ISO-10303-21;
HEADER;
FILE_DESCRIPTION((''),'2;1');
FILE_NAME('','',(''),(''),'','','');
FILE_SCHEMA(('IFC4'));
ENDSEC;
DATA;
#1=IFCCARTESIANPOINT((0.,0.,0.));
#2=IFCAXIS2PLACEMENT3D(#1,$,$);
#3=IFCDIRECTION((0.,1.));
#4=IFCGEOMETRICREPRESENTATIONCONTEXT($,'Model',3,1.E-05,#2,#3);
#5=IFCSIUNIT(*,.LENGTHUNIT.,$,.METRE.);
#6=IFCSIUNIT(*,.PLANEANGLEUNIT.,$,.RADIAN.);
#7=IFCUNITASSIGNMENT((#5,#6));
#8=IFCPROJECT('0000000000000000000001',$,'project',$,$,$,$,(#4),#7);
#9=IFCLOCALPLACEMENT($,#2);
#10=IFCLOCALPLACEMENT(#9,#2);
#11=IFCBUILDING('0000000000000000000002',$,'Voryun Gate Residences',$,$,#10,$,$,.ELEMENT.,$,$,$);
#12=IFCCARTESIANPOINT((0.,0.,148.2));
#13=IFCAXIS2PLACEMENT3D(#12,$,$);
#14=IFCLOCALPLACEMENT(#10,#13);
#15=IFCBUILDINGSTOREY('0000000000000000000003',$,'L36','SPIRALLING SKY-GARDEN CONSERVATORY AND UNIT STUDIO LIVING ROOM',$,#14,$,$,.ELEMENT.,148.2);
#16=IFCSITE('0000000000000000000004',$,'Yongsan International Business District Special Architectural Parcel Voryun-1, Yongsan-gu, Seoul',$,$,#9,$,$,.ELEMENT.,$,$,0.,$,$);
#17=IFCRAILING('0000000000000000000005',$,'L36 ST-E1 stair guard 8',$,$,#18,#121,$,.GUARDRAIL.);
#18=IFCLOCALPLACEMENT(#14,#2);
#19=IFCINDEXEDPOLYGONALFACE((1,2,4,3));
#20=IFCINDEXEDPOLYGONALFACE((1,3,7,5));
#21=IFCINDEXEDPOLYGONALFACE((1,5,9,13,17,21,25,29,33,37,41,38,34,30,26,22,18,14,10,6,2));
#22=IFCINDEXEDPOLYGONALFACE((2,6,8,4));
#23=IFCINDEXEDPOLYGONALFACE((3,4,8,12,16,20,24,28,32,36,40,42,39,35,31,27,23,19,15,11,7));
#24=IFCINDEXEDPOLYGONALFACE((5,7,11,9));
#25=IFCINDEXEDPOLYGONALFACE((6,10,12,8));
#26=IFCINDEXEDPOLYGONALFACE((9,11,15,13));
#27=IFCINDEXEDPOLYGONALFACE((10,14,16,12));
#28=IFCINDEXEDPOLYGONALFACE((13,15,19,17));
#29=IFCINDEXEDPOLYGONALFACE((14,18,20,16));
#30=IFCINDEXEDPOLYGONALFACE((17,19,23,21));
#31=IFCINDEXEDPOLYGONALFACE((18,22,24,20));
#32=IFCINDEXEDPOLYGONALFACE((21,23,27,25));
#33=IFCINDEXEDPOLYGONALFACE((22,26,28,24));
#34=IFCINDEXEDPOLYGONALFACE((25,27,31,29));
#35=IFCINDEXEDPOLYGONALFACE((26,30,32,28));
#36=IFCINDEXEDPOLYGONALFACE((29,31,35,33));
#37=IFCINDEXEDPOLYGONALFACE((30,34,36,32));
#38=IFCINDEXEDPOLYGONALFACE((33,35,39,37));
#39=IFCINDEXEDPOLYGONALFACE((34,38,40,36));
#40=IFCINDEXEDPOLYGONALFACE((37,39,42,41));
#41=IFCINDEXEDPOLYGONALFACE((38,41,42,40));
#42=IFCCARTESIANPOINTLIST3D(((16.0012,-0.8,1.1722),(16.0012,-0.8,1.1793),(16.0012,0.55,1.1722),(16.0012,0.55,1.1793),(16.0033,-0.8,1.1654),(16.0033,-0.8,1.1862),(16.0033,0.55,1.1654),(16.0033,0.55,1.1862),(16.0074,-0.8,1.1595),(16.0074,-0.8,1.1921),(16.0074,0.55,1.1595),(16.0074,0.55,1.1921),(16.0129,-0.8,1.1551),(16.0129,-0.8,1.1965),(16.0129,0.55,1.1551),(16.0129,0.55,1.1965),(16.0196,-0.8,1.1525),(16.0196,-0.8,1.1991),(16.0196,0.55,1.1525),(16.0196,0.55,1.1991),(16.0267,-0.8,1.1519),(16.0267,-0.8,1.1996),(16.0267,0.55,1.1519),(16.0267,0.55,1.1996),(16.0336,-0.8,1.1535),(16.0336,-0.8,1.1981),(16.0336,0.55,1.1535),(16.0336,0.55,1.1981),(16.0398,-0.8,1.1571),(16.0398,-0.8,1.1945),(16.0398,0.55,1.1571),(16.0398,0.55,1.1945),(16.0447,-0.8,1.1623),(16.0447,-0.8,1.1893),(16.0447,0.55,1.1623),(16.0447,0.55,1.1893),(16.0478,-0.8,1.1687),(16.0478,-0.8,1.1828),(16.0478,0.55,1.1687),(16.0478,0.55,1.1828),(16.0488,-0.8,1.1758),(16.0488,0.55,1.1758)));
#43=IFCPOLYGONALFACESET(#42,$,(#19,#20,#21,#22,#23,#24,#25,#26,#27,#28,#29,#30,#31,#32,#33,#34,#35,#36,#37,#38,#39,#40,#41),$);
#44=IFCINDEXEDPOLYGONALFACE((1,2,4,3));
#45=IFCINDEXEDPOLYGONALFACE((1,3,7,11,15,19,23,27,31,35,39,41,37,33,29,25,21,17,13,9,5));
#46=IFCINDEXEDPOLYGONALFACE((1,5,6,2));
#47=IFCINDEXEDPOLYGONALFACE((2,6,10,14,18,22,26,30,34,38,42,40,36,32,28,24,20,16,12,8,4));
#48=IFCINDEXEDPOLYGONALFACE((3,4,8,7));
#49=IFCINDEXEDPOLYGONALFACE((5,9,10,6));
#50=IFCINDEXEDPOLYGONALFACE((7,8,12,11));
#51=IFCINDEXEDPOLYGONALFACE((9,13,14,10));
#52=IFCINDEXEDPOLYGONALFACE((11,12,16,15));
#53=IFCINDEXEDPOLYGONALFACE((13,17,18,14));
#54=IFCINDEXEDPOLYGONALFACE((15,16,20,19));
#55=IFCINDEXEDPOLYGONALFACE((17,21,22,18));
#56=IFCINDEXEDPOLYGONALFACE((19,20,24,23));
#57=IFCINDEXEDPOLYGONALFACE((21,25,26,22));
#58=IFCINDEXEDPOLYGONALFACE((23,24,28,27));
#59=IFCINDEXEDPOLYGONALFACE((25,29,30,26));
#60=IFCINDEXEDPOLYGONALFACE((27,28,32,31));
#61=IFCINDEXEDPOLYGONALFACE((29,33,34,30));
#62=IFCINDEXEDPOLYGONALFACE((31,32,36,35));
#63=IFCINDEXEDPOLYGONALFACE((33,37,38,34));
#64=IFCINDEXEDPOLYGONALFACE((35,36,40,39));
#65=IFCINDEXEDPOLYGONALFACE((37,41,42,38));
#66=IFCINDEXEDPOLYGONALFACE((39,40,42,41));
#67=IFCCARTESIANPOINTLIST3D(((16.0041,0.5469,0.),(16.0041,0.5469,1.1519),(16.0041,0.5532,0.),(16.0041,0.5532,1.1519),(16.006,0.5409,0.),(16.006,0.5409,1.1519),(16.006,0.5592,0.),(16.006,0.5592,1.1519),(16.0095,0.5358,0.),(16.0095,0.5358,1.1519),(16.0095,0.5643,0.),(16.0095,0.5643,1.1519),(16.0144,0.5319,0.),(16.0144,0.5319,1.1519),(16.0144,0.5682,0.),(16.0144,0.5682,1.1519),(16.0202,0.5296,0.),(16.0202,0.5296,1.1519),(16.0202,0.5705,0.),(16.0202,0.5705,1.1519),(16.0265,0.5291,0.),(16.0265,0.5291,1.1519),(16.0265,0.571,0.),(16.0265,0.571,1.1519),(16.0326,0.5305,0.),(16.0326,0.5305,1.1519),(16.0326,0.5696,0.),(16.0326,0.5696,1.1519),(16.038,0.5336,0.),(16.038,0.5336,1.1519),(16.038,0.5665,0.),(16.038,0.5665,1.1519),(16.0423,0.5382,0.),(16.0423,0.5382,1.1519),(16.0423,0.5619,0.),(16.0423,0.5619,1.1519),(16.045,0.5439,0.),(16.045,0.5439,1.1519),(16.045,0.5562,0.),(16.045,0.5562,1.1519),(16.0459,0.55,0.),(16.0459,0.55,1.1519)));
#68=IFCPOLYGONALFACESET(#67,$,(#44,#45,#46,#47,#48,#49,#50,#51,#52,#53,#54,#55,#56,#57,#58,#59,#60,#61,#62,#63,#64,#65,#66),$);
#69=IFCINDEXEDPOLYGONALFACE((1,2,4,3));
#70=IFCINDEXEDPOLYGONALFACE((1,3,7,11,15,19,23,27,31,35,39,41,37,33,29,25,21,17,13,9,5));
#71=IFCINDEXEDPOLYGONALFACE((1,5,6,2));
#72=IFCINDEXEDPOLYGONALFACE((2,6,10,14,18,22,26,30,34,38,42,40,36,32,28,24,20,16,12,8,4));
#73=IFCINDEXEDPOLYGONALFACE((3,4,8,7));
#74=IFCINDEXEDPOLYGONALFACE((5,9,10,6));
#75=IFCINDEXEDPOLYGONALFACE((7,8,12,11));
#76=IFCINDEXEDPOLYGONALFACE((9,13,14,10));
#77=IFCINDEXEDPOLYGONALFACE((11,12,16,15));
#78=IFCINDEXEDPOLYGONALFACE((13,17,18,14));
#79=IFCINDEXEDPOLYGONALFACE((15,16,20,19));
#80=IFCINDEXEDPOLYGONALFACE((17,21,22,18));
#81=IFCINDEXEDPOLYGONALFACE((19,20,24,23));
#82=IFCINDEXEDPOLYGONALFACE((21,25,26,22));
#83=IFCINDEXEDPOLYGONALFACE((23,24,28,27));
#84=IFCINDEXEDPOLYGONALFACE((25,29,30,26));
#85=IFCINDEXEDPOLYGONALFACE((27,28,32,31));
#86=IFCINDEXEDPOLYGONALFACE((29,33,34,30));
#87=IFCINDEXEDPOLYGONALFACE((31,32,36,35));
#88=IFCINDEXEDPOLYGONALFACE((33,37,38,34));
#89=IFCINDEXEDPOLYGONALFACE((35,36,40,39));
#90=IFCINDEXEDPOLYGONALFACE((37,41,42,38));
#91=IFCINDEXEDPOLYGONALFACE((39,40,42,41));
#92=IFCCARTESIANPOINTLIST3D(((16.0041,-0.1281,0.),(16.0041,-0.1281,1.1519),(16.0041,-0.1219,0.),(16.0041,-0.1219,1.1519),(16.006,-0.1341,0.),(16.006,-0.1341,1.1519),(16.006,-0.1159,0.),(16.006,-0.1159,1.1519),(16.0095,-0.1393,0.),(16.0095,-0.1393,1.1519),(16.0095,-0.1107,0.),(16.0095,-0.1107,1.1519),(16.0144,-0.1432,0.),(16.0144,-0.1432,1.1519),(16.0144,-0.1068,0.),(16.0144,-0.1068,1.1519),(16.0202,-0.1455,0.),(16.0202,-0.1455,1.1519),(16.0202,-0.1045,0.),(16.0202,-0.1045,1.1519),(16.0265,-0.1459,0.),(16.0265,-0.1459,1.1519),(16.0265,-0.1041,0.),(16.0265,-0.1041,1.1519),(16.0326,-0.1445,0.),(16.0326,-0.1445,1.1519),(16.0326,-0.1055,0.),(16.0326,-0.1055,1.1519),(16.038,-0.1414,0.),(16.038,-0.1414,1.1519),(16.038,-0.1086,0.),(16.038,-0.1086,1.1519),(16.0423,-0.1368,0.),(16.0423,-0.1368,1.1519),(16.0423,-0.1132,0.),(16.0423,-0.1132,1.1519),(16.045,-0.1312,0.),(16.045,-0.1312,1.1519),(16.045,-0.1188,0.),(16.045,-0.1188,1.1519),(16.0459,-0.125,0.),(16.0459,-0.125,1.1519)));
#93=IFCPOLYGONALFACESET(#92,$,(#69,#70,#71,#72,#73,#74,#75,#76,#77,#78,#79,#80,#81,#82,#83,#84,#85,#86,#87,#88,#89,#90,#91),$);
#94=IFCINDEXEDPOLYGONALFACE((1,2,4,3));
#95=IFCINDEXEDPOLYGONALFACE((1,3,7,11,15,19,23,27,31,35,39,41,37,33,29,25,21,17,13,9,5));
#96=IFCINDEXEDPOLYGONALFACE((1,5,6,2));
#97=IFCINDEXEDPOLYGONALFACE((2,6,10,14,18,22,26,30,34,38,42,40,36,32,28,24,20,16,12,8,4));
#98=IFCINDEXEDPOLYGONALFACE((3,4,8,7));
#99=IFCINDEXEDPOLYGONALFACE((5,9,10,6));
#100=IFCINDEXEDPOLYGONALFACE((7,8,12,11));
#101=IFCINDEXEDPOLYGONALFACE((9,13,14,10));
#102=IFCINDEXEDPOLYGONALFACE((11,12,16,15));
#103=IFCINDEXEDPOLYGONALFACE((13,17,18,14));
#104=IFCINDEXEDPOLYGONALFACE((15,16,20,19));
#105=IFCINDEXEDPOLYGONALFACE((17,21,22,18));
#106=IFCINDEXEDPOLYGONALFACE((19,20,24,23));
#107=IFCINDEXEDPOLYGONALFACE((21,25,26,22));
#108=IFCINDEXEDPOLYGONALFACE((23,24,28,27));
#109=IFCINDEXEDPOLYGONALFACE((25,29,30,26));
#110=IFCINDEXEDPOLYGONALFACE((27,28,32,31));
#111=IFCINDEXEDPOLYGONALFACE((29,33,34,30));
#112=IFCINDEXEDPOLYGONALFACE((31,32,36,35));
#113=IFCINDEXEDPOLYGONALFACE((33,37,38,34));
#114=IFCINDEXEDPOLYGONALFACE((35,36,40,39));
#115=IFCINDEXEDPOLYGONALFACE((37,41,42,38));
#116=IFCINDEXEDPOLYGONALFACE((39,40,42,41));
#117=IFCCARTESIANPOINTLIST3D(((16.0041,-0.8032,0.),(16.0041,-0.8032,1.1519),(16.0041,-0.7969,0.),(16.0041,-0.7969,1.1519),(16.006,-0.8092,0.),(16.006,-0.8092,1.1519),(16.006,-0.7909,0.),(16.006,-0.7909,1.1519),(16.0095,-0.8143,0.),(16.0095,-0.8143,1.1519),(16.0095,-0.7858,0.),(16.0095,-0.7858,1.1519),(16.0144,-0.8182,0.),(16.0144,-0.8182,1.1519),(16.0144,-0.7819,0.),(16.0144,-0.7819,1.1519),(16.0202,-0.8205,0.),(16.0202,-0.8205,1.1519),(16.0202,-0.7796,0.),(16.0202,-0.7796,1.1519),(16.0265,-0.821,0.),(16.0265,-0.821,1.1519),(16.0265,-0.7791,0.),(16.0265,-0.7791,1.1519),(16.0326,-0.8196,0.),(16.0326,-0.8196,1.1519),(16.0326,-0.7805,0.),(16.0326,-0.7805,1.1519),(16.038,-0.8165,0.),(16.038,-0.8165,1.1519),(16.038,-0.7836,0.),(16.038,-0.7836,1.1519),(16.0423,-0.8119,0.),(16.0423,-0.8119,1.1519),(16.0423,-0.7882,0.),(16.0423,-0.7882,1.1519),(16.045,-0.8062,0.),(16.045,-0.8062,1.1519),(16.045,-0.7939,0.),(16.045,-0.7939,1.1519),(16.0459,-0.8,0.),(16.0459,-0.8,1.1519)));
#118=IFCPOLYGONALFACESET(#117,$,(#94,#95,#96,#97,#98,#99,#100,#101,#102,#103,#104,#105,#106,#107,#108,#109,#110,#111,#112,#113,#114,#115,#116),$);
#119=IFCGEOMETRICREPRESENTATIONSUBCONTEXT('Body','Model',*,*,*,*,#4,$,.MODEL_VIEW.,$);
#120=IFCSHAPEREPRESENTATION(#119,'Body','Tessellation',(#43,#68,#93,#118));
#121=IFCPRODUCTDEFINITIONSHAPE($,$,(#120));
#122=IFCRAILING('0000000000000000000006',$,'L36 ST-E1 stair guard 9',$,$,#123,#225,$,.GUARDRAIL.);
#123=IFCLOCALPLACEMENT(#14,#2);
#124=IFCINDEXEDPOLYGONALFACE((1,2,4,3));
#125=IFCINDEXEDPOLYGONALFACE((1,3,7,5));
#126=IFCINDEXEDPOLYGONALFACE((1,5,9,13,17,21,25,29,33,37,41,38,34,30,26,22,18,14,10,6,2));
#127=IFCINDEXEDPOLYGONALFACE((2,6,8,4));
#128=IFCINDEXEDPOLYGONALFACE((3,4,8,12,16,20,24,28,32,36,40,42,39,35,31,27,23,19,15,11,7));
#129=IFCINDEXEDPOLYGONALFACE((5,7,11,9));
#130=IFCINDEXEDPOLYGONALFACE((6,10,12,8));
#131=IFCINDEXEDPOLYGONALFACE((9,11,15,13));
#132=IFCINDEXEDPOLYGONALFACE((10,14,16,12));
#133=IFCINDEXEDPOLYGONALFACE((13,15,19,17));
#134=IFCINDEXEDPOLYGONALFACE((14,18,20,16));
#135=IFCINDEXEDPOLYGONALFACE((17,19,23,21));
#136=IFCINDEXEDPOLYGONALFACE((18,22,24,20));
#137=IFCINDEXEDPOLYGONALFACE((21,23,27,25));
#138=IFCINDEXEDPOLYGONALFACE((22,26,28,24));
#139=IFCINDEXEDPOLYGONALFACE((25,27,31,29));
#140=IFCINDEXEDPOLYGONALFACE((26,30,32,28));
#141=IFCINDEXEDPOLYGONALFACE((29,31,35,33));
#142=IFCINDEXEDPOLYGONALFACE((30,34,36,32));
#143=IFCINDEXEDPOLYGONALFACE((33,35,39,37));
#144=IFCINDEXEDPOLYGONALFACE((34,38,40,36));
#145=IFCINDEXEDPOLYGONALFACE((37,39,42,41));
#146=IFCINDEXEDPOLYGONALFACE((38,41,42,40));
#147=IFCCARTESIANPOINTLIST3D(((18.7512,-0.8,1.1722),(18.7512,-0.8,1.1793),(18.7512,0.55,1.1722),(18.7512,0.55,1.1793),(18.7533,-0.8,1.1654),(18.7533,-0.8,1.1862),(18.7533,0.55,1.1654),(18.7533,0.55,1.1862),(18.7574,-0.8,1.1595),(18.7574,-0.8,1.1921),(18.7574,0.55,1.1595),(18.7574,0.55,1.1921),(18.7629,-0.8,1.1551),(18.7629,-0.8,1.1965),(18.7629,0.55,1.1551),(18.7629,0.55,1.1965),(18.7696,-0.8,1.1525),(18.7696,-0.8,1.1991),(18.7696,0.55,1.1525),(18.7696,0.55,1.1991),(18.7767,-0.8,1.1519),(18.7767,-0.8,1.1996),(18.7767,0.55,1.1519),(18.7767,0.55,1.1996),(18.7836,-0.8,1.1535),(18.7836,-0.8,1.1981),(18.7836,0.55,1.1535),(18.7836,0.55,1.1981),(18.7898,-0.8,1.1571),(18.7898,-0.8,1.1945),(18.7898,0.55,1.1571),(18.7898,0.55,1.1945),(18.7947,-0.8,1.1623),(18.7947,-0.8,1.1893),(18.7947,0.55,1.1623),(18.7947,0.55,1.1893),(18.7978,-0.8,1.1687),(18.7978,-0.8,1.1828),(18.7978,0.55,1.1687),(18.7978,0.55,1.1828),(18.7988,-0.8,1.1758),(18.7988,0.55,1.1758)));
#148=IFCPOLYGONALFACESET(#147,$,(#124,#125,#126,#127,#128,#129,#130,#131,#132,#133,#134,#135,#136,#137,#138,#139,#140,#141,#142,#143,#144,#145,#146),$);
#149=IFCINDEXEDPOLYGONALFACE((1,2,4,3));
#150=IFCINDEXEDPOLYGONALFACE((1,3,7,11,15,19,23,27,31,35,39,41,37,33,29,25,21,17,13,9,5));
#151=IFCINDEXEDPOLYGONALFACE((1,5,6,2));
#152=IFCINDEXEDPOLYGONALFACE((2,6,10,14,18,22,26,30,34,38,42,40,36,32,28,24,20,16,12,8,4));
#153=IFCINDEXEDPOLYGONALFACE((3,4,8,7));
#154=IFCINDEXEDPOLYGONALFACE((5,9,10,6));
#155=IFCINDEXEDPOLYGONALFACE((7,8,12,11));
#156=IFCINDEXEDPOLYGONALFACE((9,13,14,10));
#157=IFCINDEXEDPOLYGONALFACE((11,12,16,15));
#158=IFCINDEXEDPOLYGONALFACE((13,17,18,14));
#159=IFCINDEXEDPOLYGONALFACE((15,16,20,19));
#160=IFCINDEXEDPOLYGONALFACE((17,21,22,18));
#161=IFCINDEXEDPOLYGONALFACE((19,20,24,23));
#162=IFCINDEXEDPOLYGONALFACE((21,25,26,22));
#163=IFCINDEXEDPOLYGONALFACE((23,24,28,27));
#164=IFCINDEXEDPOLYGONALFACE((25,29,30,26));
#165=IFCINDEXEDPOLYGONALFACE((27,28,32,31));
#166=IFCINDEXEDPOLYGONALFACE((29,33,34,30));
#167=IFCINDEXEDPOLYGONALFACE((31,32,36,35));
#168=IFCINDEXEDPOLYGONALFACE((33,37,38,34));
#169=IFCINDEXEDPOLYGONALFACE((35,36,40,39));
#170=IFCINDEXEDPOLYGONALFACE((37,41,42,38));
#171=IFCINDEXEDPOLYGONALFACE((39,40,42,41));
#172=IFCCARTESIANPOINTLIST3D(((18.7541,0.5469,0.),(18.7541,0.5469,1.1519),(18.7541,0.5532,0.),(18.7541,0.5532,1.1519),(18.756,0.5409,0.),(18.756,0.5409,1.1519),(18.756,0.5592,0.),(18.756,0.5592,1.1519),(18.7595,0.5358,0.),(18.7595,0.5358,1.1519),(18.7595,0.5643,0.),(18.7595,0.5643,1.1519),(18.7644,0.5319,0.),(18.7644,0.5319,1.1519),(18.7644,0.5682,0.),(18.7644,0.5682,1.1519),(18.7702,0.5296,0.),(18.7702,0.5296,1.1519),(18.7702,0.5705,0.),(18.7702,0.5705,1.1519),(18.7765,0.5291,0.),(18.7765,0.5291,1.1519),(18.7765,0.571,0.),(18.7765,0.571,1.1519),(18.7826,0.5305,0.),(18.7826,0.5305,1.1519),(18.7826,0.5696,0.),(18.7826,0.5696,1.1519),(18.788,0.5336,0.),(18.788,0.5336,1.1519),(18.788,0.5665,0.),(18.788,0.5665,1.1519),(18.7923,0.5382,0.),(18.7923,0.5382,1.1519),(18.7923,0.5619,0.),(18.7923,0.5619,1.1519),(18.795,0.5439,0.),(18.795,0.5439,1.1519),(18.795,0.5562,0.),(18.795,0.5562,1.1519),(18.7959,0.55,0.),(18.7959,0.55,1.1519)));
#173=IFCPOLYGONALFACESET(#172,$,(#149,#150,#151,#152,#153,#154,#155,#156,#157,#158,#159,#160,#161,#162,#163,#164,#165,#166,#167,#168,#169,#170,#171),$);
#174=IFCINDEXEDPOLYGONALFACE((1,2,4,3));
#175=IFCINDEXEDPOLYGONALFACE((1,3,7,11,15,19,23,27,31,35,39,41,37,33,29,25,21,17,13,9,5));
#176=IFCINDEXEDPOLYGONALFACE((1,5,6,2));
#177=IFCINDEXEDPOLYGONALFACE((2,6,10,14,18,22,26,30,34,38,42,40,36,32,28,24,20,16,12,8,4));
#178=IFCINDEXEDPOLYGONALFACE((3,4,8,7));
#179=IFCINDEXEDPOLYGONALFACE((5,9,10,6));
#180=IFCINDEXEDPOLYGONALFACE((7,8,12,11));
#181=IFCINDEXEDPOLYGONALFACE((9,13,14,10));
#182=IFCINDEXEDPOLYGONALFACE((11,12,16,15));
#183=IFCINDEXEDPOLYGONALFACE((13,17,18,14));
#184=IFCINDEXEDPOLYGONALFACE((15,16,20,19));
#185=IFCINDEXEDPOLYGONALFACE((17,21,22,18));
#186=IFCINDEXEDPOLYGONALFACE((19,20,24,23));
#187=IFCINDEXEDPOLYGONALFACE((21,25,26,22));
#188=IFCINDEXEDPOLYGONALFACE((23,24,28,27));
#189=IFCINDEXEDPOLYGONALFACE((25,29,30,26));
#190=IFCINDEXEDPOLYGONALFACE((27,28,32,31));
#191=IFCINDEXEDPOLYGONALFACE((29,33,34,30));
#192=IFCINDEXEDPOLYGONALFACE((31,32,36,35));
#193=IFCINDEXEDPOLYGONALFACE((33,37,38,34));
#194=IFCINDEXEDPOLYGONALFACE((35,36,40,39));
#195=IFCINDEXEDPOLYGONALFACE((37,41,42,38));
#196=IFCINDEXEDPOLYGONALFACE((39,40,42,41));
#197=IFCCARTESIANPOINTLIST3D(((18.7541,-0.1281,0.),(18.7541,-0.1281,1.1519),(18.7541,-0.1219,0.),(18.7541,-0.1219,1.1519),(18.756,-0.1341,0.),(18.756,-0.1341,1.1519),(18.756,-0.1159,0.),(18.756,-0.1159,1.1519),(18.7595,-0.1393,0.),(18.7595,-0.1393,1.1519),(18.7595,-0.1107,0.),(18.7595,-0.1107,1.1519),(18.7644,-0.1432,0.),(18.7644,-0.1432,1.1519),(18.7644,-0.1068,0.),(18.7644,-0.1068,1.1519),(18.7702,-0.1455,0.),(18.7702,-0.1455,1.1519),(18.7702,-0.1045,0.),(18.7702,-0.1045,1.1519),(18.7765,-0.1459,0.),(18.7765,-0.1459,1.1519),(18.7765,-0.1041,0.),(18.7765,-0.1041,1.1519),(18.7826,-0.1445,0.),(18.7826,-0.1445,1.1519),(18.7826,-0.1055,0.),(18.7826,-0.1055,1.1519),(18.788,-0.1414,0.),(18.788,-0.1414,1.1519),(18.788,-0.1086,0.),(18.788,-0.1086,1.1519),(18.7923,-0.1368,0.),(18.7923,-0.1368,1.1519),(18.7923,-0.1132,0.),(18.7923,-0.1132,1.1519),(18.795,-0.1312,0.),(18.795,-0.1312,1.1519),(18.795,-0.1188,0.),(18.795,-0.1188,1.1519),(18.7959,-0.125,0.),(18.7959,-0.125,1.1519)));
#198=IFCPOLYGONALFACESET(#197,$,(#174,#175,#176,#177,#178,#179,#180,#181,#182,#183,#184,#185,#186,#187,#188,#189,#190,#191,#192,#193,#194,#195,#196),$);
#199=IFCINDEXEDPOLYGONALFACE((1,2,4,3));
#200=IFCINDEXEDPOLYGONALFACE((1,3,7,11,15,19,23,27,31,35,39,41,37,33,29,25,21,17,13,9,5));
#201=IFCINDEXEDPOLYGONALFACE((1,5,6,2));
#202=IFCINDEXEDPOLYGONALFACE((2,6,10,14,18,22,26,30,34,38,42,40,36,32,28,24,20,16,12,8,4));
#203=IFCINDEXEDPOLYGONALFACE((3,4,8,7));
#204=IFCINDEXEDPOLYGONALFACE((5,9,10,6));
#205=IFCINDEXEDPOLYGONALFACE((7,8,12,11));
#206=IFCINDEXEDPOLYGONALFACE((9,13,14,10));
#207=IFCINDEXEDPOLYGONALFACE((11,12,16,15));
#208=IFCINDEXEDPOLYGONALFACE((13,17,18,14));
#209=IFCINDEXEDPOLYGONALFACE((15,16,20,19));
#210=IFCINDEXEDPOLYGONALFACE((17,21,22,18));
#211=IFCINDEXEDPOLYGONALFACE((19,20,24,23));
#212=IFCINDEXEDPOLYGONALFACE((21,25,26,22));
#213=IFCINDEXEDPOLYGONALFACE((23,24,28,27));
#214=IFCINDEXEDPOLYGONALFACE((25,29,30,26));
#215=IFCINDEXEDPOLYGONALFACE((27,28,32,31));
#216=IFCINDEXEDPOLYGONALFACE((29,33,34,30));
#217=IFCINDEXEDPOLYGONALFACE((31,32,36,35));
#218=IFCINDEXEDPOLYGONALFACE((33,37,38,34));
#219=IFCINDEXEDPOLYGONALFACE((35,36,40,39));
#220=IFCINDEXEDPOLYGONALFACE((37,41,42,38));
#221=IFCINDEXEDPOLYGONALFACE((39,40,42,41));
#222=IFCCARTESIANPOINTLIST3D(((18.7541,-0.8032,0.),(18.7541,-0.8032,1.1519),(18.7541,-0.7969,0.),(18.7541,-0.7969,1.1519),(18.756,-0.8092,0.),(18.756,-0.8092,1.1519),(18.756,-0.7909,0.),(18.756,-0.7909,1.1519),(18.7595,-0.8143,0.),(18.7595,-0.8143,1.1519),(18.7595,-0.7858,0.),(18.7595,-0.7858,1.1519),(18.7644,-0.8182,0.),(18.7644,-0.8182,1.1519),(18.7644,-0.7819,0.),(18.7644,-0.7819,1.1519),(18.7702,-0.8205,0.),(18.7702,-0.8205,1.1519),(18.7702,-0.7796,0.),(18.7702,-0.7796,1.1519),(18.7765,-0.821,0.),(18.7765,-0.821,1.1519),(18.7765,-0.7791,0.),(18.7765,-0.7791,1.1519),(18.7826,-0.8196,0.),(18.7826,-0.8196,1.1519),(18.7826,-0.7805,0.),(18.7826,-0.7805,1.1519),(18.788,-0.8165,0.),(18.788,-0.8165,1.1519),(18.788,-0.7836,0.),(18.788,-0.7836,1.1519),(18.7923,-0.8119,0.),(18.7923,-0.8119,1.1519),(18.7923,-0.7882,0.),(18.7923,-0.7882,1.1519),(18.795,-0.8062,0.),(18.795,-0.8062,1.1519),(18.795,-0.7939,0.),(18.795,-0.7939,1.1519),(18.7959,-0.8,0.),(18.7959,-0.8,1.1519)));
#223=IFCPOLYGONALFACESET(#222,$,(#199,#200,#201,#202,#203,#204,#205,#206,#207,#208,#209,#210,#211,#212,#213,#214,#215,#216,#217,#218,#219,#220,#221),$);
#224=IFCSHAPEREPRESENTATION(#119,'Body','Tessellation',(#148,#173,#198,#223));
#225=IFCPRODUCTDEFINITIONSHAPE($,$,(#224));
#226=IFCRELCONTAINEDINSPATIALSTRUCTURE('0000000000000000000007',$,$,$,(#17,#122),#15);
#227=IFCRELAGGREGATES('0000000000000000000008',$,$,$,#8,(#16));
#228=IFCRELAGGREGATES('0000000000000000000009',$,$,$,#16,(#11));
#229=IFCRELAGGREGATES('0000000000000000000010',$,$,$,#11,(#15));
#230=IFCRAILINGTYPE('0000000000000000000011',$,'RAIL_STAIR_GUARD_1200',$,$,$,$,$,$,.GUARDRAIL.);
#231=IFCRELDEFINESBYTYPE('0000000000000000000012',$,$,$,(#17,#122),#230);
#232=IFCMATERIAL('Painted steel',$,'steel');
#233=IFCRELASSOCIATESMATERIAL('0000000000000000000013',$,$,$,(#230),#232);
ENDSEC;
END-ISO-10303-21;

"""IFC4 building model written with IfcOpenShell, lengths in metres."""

from ifc_helpers import new_model, si_unit, direction, frame, origin, origin_2d, place, context, subcontext, project, spatial, circle, extrude, material, type_object, element, save


model = new_model("IFC4")

# Units and contexts
model_context = context("Model", 3, precision=1e-05, world=origin(), true_north=direction((0.0, 1.0)))
body_context = subcontext(model_context, "Body", "Model", "MODEL_VIEW")
ifc_project = project(units=[si_unit("LENGTHUNIT", "METRE"), si_unit("PLANEANGLEUNIT", "RADIAN")], contexts=[model_context])

# Site, building, storey
site_placement = place(None, origin())
site = spatial("IfcSite", under=ifc_project, at=site_placement, Name="Yongsan International Business District Special Architectural Parcel Voryun-1, Yongsan-gu, Seoul", CompositionType="ELEMENT", RefElevation=0.0)
building_placement = place(site_placement, origin())
building = spatial("IfcBuilding", under=site, at=building_placement, Name="Voryun Gate Residences", CompositionType="ELEMENT")
storey_placement = place(building_placement, frame((0.0, 0.0, 148.2)))
storey = spatial("IfcBuildingStorey", under=building, at=storey_placement, Name="L36", Description="SPIRALLING SKY-GARDEN CONSERVATORY AND UNIT STUDIO LIVING ROOM", CompositionType="ELEMENT", Elevation=148.2)

# Railings
ifc_material_1 = material(Name="Painted steel", Category="steel")
railing_type = type_object("IfcRailingType", Name="RAIL_STAIR_GUARD_1200", PredefinedType="GUARDRAIL", material=ifc_material_1)
for number, where, name in (
    (1, (16.0249, 0.55, 0.0), "L36 ST-E1 stair guard 8"),
    (2, (18.7749, 0.55, 0.0), "L36 ST-E1 stair guard 9"),
):
    element("IfcRailing", number, at=place(storey_placement, frame(where)), inside=storey, type_object=railing_type, Name=name, PredefinedType="GUARDRAIL", context=body_context, shape_type="SweptSolid", body=[
        extrude(circle(Radius=0.0239, at=origin_2d()), frame((0.0, 0.0, 1.1758), z_axis=(0.0, -1.0, 0.0), x_axis=(1.0, 0.0, 0.0)), (0.0, 0.0, 1.0), 1.3501),
        extrude(circle(Radius=0.021, at=origin_2d()), origin(), (0.0, 0.0, 1.0), 1.1519),
        extrude(circle(Radius=0.021, at=origin_2d()), frame((0.0, -0.675, 0.0)), (0.0, 0.0, 1.0), 1.1519),
        extrude(circle(Radius=0.021, at=origin_2d()), frame((0.0, -1.3501, 0.0)), (0.0, 0.0, 1.0), 1.1519),
    ])

save(model, "model.ifc")
